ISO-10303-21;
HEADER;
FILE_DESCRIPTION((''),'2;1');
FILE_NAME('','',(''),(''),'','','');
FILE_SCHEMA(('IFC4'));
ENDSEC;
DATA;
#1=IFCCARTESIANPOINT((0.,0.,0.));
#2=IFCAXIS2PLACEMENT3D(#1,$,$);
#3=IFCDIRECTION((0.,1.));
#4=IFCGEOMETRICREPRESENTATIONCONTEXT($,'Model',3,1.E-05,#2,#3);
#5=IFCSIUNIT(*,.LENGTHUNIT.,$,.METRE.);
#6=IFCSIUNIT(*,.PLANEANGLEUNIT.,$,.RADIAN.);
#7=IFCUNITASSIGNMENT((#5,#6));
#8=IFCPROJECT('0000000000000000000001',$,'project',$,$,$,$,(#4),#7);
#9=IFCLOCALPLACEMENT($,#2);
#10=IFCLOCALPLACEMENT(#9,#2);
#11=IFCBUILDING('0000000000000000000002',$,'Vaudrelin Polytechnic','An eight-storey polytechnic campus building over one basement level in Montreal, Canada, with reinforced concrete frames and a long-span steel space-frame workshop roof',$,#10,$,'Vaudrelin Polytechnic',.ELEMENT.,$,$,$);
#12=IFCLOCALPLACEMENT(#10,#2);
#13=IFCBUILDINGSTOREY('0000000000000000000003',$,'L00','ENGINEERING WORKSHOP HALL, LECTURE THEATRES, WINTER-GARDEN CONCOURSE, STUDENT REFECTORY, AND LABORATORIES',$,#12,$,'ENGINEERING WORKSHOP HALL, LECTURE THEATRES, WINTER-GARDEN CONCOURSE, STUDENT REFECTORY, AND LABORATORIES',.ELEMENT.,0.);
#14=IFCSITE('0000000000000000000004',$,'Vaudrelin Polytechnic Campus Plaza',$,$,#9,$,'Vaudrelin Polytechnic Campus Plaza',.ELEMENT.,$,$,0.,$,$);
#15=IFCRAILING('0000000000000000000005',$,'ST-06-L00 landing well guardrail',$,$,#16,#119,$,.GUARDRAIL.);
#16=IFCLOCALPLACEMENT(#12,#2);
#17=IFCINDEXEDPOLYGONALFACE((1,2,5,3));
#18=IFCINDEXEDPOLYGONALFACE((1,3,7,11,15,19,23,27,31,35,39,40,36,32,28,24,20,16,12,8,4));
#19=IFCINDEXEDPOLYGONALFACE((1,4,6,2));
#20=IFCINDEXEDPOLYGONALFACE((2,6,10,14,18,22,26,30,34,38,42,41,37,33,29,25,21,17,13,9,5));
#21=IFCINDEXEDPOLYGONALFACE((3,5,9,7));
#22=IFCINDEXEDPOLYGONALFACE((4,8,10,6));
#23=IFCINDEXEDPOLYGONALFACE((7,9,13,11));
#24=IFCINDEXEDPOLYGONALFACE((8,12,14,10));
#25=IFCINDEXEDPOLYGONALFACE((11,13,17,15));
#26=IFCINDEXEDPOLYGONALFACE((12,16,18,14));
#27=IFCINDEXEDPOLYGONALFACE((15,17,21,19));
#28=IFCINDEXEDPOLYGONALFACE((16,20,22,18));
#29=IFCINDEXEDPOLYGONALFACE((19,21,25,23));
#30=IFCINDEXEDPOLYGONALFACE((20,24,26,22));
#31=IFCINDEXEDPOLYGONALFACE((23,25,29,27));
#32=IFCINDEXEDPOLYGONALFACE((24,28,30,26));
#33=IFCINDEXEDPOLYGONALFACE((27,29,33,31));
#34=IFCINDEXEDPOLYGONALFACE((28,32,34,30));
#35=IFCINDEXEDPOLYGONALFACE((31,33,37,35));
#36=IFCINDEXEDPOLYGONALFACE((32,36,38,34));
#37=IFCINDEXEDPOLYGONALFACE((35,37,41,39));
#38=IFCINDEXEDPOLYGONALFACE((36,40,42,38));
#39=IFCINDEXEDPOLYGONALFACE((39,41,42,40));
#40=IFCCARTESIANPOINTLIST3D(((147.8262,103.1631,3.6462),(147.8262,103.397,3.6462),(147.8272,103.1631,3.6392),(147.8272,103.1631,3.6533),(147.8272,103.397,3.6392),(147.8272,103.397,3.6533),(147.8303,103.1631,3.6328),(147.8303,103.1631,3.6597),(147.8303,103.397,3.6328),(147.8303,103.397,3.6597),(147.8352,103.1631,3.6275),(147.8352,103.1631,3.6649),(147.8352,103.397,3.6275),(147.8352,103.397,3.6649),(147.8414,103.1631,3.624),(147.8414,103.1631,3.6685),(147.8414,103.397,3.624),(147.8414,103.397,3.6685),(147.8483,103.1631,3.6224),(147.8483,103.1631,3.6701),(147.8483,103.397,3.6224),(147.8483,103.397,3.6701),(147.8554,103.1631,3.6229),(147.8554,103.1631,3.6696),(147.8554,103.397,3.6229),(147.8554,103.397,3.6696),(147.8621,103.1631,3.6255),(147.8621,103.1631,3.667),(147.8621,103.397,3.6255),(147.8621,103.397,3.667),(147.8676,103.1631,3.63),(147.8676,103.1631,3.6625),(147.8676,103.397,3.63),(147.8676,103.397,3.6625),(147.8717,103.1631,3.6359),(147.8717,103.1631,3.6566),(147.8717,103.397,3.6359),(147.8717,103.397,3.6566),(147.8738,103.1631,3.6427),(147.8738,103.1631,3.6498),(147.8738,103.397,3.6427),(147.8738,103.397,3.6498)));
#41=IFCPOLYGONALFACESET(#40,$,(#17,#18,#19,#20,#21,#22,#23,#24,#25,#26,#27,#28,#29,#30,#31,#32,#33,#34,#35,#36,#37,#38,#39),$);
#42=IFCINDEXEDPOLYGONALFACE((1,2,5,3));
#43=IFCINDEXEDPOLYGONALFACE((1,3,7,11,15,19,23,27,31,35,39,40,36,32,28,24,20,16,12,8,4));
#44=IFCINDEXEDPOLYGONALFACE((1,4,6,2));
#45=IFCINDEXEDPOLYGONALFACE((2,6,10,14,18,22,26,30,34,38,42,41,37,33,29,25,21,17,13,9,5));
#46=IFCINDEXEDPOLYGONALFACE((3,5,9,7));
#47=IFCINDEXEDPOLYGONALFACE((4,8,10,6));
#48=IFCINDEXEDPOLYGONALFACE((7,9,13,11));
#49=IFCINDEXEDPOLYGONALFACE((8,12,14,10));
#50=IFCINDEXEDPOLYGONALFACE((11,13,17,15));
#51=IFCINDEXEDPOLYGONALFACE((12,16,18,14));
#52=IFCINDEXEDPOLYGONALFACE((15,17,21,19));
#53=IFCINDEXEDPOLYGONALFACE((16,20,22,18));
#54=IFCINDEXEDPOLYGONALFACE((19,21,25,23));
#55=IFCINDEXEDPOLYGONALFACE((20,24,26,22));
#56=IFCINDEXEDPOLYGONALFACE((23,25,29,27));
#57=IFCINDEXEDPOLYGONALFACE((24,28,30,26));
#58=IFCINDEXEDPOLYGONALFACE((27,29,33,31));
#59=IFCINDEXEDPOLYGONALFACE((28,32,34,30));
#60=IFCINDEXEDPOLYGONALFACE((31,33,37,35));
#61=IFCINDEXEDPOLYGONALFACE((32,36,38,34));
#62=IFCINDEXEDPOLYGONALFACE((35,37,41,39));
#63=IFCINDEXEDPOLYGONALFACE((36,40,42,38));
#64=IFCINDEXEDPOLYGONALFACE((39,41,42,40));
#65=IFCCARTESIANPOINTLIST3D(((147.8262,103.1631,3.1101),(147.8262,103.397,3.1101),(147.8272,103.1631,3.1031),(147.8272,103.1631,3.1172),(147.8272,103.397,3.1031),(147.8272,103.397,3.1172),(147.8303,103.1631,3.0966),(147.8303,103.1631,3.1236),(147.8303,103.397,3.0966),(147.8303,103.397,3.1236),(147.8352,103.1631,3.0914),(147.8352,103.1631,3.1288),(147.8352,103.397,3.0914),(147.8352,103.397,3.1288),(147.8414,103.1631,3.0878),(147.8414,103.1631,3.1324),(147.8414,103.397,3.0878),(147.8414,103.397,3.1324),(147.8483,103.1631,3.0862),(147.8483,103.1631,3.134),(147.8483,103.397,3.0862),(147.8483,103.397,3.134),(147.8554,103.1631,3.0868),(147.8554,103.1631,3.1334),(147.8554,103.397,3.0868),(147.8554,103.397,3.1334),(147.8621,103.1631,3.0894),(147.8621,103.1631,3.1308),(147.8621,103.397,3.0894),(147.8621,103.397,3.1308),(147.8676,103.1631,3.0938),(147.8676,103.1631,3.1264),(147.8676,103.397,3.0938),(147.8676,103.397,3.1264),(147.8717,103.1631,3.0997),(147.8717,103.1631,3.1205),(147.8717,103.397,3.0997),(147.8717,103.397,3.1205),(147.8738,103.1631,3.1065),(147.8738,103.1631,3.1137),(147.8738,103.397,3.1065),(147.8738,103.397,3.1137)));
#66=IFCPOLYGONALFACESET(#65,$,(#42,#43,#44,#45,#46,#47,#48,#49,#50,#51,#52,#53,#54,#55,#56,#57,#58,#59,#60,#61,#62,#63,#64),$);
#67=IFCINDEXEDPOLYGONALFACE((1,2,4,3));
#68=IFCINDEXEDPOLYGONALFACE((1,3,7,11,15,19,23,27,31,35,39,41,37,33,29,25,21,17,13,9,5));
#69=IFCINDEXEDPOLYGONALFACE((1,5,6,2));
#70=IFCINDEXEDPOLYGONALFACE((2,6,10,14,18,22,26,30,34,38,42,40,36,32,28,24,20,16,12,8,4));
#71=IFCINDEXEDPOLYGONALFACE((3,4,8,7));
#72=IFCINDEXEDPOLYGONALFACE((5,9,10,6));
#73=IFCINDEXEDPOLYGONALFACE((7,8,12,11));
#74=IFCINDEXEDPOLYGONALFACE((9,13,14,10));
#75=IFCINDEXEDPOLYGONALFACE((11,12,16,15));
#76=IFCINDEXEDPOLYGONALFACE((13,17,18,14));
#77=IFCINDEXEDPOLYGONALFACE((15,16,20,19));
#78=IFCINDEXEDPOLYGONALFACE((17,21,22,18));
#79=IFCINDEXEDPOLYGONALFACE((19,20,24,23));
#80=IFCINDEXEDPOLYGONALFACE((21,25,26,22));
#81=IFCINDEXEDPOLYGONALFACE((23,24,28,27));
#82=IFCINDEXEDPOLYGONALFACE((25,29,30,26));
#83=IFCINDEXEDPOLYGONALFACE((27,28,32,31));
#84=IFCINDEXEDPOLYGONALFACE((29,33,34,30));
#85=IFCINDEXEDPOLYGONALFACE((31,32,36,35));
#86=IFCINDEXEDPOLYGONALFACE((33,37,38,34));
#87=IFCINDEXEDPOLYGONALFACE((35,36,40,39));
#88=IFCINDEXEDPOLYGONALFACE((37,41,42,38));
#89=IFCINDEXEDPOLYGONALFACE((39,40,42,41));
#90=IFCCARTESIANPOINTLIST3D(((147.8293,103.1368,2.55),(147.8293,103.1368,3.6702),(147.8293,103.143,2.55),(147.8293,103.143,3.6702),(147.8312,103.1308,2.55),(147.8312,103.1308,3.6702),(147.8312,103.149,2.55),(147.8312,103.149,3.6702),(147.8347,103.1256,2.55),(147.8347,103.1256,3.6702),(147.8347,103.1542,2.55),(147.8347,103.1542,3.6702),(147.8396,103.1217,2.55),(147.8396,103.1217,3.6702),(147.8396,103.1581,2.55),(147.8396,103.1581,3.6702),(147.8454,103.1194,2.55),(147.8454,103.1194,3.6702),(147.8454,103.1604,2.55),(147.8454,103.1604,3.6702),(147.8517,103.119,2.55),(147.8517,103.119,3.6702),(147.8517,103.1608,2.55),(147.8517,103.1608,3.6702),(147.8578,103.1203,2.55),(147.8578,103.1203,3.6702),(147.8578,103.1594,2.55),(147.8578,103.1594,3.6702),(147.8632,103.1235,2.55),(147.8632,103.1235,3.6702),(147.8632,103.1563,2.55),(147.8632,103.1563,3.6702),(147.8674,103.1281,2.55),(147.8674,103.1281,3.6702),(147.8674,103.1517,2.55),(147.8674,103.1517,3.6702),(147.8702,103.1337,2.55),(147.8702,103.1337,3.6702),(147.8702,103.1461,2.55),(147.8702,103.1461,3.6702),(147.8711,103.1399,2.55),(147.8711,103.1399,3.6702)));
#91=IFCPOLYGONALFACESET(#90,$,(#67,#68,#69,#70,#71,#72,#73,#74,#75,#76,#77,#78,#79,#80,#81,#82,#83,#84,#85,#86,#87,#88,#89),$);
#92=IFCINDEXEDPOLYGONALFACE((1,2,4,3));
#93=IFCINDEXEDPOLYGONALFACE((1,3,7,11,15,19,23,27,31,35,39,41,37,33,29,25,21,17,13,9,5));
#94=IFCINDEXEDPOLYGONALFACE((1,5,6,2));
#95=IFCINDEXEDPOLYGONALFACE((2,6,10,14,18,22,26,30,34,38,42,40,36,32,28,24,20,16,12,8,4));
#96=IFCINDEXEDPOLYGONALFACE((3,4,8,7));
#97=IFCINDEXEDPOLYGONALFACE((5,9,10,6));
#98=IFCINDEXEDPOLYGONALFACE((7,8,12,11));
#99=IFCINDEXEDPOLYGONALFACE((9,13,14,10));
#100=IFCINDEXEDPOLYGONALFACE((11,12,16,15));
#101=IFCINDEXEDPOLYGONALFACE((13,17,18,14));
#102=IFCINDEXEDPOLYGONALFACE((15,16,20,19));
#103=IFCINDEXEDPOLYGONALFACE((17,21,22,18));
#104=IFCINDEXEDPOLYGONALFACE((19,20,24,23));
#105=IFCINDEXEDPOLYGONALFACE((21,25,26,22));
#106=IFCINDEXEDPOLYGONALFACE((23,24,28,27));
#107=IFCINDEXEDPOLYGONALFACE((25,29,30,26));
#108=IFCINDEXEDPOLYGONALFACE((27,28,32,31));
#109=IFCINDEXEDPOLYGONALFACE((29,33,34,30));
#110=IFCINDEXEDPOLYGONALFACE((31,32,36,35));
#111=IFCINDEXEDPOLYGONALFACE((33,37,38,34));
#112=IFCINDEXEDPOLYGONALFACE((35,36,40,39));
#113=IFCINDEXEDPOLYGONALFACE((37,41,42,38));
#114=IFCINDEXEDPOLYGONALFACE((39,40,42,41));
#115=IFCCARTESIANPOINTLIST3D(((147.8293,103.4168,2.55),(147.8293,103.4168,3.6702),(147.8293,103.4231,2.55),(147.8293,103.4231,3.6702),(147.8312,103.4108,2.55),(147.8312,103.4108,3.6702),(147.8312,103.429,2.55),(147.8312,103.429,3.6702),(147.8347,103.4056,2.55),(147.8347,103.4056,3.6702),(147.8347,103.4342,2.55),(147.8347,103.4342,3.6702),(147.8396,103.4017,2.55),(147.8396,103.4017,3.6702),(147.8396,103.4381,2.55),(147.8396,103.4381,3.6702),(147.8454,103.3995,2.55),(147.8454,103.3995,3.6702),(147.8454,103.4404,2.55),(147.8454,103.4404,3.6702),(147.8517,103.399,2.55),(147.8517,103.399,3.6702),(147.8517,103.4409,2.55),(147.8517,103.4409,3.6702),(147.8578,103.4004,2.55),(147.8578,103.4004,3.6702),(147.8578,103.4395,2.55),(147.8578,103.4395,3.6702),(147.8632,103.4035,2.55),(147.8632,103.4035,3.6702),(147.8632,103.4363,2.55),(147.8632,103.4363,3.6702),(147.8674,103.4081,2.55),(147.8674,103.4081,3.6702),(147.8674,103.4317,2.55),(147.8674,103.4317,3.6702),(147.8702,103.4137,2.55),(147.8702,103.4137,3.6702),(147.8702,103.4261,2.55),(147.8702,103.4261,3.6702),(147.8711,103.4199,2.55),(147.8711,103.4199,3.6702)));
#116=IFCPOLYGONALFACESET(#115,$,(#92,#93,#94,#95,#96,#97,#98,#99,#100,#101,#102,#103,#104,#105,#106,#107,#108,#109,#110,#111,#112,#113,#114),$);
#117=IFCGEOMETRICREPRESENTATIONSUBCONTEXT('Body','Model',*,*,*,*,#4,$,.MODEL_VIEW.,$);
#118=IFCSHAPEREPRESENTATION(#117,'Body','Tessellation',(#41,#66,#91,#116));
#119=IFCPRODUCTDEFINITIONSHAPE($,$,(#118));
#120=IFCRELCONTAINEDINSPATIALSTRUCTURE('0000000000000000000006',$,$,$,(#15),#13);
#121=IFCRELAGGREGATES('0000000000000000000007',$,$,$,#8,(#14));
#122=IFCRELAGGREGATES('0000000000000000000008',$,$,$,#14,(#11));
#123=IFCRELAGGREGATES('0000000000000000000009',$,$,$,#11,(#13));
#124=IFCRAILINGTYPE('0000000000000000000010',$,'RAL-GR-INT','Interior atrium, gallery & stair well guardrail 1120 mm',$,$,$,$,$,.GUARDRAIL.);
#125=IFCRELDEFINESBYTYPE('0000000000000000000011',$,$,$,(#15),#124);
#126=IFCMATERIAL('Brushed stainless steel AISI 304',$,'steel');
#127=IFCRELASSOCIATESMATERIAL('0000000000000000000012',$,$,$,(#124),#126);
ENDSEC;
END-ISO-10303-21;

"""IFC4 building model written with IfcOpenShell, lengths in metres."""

from ifc_helpers import new_model, si_unit, direction, frame, origin, origin_2d, place, context, subcontext, project, spatial, circle, extrude, material, type_object, element, save


model = new_model("IFC4")

# Units and contexts
model_context = context("Model", 3, precision=1e-05, world=origin(), true_north=direction((0.0, 1.0)))
body_context = subcontext(model_context, "Body", "Model", "MODEL_VIEW")
ifc_project = project(units=[si_unit("LENGTHUNIT", "METRE"), si_unit("PLANEANGLEUNIT", "RADIAN")], contexts=[model_context])

# Site, building, storey
site_placement = place(None, origin())
site = spatial("IfcSite", under=ifc_project, at=site_placement, Name="Vaudrelin Polytechnic Campus Plaza", LongName="Vaudrelin Polytechnic Campus Plaza", CompositionType="ELEMENT", RefElevation=0.0)
building_placement = place(site_placement, origin())
building = spatial("IfcBuilding", under=site, at=building_placement, Name="Vaudrelin Polytechnic", Description="An eight-storey polytechnic campus building over one basement level in Montreal, Canada, with reinforced concrete frames and a long-span steel space-frame workshop roof", LongName="Vaudrelin Polytechnic", CompositionType="ELEMENT")
storey_placement = place(building_placement, origin())
storey = spatial("IfcBuildingStorey", under=building, at=storey_placement, Name="L00", Description="ENGINEERING WORKSHOP HALL, LECTURE THEATRES, WINTER-GARDEN CONCOURSE, STUDENT REFECTORY, AND LABORATORIES", LongName="ENGINEERING WORKSHOP HALL, LECTURE THEATRES, WINTER-GARDEN CONCOURSE, STUDENT REFECTORY, AND LABORATORIES", CompositionType="ELEMENT", Elevation=0.0)

# Railing
ifc_material_1 = material(Name="Brushed stainless steel AISI 304", Category="steel")
railing_type_1 = type_object("IfcRailingType", Name="RAL-GR-INT", Description="Interior atrium, gallery & stair well guardrail 1120 mm", PredefinedType="GUARDRAIL", material=ifc_material_1)
railing_1_placement = place(storey_placement, frame((147.8501, 103.1399, 2.55)))
element("IfcRailing", 1, at=railing_1_placement, inside=storey, type_object=railing_type_1, Name="ST-06-L00 landing well guardrail", PredefinedType="GUARDRAIL", context=body_context, shape_type="SweptSolid", body=[
    extrude(circle(Radius=0.0239, at=origin_2d()), frame((0.0, 0.0232, 1.0962), z_axis=(0.0, 1.0, 0.0), x_axis=(-1.0, 0.0, 0.0)), (0.0, 0.0, 1.0), 0.2339),
    extrude(circle(Radius=0.0239, at=origin_2d()), frame((0.0, 0.0232, 0.5601), z_axis=(0.0, 1.0, 0.0), x_axis=(-1.0, 0.0, 0.0)), (0.0, 0.0, 1.0), 0.2339),
    extrude(circle(Radius=0.021, at=origin_2d()), origin(), (0.0, 0.0, 1.0), 1.1201),
    extrude(circle(Radius=0.021, at=origin_2d()), frame((0.0, 0.28, 0.0)), (0.0, 0.0, 1.0), 1.1201),
])

save(model, "model.ifc")
